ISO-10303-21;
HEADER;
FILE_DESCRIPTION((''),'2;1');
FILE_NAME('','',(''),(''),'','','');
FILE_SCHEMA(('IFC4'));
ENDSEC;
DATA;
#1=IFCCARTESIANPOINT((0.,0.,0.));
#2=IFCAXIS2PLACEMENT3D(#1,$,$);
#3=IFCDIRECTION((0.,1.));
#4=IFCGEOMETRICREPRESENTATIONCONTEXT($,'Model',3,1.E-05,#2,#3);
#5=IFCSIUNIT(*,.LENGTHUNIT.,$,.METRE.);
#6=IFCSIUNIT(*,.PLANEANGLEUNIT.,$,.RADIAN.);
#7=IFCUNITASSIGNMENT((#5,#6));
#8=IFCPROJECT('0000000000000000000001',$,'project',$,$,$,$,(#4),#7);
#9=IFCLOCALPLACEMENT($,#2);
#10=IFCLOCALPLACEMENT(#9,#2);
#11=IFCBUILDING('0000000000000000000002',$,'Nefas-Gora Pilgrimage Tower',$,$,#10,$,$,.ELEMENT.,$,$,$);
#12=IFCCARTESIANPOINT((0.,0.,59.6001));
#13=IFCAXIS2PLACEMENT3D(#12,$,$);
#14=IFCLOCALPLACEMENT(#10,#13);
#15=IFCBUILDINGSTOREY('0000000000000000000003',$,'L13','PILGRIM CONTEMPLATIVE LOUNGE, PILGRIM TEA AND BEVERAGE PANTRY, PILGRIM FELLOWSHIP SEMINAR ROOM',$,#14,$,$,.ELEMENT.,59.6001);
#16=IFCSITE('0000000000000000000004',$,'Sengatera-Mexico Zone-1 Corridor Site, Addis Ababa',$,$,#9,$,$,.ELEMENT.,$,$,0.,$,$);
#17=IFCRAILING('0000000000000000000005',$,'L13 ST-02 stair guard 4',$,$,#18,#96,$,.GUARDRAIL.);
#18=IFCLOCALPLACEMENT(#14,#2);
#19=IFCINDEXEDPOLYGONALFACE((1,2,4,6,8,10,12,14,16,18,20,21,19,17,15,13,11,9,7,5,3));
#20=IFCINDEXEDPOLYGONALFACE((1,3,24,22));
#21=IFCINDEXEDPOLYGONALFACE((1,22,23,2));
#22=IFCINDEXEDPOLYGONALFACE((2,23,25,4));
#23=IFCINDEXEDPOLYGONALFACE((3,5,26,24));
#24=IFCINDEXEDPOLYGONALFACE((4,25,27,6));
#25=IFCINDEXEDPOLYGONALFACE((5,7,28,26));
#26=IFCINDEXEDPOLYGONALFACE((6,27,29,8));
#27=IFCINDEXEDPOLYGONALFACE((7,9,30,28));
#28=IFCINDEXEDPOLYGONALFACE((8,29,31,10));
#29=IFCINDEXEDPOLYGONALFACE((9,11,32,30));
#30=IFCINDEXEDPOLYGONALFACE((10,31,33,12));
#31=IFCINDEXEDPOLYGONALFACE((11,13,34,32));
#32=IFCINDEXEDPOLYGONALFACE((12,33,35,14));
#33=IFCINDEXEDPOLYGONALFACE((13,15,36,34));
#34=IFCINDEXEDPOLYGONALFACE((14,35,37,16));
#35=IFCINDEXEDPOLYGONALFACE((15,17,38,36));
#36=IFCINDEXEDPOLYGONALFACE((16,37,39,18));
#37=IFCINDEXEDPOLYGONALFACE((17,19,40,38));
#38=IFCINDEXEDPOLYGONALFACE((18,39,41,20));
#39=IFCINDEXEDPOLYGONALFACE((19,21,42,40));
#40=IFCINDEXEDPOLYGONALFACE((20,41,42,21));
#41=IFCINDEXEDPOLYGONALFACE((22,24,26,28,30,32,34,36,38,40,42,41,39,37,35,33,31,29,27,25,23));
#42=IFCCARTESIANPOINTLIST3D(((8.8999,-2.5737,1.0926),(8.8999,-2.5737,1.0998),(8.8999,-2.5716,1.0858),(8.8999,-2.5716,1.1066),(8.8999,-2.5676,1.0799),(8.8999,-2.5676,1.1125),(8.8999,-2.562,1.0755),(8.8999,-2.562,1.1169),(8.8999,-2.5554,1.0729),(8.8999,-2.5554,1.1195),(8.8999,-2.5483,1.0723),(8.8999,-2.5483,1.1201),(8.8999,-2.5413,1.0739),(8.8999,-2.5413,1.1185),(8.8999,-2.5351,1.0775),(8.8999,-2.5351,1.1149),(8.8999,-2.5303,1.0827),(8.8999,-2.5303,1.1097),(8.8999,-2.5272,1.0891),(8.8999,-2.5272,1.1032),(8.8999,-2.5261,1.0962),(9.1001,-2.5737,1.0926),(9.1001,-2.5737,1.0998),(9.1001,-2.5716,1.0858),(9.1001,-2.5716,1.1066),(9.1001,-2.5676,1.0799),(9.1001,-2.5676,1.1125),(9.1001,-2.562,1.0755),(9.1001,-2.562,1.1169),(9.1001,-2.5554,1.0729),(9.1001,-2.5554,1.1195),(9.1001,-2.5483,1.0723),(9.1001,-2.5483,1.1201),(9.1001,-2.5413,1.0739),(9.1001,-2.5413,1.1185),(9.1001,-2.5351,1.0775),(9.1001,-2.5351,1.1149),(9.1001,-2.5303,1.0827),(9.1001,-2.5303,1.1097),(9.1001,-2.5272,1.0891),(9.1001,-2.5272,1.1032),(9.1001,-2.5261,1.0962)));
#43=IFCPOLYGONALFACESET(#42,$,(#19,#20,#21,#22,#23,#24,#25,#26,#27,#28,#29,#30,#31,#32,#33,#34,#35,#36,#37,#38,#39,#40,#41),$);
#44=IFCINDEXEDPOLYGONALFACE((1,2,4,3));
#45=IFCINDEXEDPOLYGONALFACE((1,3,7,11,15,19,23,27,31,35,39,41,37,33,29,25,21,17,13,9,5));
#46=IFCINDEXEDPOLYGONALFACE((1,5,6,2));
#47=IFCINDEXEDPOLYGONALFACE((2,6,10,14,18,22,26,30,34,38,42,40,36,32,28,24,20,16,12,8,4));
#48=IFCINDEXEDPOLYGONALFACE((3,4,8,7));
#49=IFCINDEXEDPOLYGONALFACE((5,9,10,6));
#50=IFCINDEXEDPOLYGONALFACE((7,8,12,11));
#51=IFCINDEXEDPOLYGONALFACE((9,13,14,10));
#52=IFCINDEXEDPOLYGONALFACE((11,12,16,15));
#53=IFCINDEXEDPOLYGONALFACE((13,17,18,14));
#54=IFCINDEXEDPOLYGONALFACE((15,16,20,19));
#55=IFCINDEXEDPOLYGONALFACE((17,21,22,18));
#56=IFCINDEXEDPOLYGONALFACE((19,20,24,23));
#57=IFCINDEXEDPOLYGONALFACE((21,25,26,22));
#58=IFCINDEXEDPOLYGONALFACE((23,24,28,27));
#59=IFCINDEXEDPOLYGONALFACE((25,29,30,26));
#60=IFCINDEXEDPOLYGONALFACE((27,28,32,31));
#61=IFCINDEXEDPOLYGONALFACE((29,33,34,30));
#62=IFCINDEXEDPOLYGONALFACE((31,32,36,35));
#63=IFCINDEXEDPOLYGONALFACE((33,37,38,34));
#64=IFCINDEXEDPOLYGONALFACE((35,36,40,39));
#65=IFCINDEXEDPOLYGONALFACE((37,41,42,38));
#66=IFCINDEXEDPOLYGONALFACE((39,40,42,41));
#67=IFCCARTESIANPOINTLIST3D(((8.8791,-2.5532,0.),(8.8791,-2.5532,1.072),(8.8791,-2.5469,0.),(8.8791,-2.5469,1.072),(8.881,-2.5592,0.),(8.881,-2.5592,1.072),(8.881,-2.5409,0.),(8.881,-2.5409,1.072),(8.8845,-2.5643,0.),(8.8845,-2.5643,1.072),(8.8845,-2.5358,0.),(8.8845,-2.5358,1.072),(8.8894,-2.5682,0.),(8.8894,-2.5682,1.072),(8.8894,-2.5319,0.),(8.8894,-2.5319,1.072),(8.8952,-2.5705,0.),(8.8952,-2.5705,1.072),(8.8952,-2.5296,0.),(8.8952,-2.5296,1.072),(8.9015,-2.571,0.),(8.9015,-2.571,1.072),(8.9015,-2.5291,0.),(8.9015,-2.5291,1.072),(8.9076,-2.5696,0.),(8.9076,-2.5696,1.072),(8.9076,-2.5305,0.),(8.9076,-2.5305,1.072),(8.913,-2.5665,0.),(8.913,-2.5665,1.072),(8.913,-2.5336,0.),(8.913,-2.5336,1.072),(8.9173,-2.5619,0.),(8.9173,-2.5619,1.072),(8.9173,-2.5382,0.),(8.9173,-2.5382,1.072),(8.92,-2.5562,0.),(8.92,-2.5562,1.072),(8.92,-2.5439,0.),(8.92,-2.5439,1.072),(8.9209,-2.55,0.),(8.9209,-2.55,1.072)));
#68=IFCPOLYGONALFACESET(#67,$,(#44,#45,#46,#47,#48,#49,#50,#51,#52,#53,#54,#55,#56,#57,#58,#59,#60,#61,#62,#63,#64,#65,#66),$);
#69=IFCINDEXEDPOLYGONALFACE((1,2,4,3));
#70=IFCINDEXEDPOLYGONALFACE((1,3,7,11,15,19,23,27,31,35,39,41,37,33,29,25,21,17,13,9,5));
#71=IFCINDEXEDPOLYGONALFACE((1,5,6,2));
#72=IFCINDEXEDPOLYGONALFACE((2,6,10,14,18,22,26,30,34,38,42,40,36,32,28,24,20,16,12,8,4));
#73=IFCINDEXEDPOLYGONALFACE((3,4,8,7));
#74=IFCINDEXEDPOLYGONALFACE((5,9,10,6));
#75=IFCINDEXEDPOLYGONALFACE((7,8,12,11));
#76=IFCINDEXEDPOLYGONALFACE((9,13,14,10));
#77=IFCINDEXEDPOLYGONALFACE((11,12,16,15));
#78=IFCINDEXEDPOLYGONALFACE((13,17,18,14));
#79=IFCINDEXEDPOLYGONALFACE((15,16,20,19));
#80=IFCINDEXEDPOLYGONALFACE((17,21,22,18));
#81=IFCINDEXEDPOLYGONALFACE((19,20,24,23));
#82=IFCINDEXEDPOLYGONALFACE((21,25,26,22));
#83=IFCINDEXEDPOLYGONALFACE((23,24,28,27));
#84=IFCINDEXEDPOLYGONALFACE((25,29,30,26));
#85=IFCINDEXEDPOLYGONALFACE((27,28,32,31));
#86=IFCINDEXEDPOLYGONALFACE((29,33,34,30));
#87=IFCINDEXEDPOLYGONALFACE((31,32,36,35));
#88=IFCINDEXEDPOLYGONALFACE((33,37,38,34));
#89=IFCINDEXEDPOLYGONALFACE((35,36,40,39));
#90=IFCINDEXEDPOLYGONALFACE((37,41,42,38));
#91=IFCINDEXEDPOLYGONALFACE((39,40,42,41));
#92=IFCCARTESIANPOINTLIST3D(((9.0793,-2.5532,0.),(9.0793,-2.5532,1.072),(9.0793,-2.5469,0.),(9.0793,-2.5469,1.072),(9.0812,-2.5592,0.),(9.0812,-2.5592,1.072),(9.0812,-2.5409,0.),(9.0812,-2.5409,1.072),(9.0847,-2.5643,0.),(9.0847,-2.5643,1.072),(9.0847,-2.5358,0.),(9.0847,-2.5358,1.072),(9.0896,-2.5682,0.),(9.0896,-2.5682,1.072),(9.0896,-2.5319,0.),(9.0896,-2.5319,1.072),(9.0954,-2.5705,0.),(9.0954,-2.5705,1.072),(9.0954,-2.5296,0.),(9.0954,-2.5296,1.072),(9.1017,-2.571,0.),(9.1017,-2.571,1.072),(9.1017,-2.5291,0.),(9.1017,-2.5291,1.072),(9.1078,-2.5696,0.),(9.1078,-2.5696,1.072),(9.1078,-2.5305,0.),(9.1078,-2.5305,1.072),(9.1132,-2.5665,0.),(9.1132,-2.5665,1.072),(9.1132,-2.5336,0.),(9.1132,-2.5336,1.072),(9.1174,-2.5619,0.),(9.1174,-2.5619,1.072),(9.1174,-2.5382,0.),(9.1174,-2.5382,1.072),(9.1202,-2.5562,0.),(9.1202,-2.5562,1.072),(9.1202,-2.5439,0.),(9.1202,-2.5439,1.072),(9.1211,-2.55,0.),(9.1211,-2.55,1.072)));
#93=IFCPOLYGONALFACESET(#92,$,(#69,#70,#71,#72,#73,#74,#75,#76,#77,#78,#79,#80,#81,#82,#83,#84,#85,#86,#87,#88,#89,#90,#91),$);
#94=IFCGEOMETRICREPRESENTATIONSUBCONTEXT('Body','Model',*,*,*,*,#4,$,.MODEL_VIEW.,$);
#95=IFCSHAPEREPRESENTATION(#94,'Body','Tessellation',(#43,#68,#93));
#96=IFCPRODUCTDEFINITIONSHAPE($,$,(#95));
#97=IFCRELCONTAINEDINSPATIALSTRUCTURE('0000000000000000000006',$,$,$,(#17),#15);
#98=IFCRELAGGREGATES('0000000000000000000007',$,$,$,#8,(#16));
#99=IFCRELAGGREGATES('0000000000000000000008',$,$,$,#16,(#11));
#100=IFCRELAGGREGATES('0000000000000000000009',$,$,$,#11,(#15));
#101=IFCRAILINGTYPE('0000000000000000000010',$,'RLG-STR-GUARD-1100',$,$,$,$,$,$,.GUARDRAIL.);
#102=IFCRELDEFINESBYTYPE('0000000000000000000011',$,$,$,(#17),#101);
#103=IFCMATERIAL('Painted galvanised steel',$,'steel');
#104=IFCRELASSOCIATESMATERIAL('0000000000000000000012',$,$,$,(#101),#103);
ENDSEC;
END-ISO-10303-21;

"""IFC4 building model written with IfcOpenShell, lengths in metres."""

from ifc_helpers import new_model, si_unit, direction, frame, origin, origin_2d, place, context, subcontext, project, spatial, circle, extrude, material, type_object, element, save


model = new_model("IFC4")

# Units and contexts
model_context = context("Model", 3, precision=1e-05, world=origin(), true_north=direction((0.0, 1.0)))
body_context = subcontext(model_context, "Body", "Model", "MODEL_VIEW")
ifc_project = project(units=[si_unit("LENGTHUNIT", "METRE"), si_unit("PLANEANGLEUNIT", "RADIAN")], contexts=[model_context])

# Site, building, storey
site_placement = place(None, origin())
site = spatial("IfcSite", under=ifc_project, at=site_placement, Name="Sengatera-Mexico Zone-1 Corridor Site, Addis Ababa", CompositionType="ELEMENT", RefElevation=0.0)
building_placement = place(site_placement, origin())
building = spatial("IfcBuilding", under=site, at=building_placement, Name="Nefas-Gora Pilgrimage Tower", CompositionType="ELEMENT")
storey_placement = place(building_placement, frame((0.0, 0.0, 59.6001)))
storey = spatial("IfcBuildingStorey", under=building, at=storey_placement, Name="L13", Description="PILGRIM CONTEMPLATIVE LOUNGE, PILGRIM TEA AND BEVERAGE PANTRY, PILGRIM FELLOWSHIP SEMINAR ROOM", CompositionType="ELEMENT", Elevation=59.6001)

# Railing
ifc_material_1 = material(Name="Painted galvanised steel", Category="steel")
railing_type_1 = type_object("IfcRailingType", Name="RLG-STR-GUARD-1100", PredefinedType="GUARDRAIL", material=ifc_material_1)
railing_1_placement = place(storey_placement, frame((8.8999, -2.55, 0.0)))
element("IfcRailing", 1, at=railing_1_placement, inside=storey, type_object=railing_type_1, Name="L13 ST-02 stair guard 4", PredefinedType="GUARDRAIL", context=body_context, shape_type="SweptSolid", body=[
    extrude(circle(Radius=0.0239, at=origin_2d()), frame((0.0, 0.0, 1.0962), z_axis=(1.0, 0.0, 0.0), x_axis=(0.0, 1.0, 0.0)), (0.0, 0.0, 1.0), 0.2002),
    extrude(circle(Radius=0.021, at=origin_2d()), origin(), (0.0, 0.0, 1.0), 1.072),
    extrude(circle(Radius=0.021, at=origin_2d()), frame((0.2002, 0.0, 0.0)), (0.0, 0.0, 1.0), 1.072),
])

save(model, "model.ifc")
